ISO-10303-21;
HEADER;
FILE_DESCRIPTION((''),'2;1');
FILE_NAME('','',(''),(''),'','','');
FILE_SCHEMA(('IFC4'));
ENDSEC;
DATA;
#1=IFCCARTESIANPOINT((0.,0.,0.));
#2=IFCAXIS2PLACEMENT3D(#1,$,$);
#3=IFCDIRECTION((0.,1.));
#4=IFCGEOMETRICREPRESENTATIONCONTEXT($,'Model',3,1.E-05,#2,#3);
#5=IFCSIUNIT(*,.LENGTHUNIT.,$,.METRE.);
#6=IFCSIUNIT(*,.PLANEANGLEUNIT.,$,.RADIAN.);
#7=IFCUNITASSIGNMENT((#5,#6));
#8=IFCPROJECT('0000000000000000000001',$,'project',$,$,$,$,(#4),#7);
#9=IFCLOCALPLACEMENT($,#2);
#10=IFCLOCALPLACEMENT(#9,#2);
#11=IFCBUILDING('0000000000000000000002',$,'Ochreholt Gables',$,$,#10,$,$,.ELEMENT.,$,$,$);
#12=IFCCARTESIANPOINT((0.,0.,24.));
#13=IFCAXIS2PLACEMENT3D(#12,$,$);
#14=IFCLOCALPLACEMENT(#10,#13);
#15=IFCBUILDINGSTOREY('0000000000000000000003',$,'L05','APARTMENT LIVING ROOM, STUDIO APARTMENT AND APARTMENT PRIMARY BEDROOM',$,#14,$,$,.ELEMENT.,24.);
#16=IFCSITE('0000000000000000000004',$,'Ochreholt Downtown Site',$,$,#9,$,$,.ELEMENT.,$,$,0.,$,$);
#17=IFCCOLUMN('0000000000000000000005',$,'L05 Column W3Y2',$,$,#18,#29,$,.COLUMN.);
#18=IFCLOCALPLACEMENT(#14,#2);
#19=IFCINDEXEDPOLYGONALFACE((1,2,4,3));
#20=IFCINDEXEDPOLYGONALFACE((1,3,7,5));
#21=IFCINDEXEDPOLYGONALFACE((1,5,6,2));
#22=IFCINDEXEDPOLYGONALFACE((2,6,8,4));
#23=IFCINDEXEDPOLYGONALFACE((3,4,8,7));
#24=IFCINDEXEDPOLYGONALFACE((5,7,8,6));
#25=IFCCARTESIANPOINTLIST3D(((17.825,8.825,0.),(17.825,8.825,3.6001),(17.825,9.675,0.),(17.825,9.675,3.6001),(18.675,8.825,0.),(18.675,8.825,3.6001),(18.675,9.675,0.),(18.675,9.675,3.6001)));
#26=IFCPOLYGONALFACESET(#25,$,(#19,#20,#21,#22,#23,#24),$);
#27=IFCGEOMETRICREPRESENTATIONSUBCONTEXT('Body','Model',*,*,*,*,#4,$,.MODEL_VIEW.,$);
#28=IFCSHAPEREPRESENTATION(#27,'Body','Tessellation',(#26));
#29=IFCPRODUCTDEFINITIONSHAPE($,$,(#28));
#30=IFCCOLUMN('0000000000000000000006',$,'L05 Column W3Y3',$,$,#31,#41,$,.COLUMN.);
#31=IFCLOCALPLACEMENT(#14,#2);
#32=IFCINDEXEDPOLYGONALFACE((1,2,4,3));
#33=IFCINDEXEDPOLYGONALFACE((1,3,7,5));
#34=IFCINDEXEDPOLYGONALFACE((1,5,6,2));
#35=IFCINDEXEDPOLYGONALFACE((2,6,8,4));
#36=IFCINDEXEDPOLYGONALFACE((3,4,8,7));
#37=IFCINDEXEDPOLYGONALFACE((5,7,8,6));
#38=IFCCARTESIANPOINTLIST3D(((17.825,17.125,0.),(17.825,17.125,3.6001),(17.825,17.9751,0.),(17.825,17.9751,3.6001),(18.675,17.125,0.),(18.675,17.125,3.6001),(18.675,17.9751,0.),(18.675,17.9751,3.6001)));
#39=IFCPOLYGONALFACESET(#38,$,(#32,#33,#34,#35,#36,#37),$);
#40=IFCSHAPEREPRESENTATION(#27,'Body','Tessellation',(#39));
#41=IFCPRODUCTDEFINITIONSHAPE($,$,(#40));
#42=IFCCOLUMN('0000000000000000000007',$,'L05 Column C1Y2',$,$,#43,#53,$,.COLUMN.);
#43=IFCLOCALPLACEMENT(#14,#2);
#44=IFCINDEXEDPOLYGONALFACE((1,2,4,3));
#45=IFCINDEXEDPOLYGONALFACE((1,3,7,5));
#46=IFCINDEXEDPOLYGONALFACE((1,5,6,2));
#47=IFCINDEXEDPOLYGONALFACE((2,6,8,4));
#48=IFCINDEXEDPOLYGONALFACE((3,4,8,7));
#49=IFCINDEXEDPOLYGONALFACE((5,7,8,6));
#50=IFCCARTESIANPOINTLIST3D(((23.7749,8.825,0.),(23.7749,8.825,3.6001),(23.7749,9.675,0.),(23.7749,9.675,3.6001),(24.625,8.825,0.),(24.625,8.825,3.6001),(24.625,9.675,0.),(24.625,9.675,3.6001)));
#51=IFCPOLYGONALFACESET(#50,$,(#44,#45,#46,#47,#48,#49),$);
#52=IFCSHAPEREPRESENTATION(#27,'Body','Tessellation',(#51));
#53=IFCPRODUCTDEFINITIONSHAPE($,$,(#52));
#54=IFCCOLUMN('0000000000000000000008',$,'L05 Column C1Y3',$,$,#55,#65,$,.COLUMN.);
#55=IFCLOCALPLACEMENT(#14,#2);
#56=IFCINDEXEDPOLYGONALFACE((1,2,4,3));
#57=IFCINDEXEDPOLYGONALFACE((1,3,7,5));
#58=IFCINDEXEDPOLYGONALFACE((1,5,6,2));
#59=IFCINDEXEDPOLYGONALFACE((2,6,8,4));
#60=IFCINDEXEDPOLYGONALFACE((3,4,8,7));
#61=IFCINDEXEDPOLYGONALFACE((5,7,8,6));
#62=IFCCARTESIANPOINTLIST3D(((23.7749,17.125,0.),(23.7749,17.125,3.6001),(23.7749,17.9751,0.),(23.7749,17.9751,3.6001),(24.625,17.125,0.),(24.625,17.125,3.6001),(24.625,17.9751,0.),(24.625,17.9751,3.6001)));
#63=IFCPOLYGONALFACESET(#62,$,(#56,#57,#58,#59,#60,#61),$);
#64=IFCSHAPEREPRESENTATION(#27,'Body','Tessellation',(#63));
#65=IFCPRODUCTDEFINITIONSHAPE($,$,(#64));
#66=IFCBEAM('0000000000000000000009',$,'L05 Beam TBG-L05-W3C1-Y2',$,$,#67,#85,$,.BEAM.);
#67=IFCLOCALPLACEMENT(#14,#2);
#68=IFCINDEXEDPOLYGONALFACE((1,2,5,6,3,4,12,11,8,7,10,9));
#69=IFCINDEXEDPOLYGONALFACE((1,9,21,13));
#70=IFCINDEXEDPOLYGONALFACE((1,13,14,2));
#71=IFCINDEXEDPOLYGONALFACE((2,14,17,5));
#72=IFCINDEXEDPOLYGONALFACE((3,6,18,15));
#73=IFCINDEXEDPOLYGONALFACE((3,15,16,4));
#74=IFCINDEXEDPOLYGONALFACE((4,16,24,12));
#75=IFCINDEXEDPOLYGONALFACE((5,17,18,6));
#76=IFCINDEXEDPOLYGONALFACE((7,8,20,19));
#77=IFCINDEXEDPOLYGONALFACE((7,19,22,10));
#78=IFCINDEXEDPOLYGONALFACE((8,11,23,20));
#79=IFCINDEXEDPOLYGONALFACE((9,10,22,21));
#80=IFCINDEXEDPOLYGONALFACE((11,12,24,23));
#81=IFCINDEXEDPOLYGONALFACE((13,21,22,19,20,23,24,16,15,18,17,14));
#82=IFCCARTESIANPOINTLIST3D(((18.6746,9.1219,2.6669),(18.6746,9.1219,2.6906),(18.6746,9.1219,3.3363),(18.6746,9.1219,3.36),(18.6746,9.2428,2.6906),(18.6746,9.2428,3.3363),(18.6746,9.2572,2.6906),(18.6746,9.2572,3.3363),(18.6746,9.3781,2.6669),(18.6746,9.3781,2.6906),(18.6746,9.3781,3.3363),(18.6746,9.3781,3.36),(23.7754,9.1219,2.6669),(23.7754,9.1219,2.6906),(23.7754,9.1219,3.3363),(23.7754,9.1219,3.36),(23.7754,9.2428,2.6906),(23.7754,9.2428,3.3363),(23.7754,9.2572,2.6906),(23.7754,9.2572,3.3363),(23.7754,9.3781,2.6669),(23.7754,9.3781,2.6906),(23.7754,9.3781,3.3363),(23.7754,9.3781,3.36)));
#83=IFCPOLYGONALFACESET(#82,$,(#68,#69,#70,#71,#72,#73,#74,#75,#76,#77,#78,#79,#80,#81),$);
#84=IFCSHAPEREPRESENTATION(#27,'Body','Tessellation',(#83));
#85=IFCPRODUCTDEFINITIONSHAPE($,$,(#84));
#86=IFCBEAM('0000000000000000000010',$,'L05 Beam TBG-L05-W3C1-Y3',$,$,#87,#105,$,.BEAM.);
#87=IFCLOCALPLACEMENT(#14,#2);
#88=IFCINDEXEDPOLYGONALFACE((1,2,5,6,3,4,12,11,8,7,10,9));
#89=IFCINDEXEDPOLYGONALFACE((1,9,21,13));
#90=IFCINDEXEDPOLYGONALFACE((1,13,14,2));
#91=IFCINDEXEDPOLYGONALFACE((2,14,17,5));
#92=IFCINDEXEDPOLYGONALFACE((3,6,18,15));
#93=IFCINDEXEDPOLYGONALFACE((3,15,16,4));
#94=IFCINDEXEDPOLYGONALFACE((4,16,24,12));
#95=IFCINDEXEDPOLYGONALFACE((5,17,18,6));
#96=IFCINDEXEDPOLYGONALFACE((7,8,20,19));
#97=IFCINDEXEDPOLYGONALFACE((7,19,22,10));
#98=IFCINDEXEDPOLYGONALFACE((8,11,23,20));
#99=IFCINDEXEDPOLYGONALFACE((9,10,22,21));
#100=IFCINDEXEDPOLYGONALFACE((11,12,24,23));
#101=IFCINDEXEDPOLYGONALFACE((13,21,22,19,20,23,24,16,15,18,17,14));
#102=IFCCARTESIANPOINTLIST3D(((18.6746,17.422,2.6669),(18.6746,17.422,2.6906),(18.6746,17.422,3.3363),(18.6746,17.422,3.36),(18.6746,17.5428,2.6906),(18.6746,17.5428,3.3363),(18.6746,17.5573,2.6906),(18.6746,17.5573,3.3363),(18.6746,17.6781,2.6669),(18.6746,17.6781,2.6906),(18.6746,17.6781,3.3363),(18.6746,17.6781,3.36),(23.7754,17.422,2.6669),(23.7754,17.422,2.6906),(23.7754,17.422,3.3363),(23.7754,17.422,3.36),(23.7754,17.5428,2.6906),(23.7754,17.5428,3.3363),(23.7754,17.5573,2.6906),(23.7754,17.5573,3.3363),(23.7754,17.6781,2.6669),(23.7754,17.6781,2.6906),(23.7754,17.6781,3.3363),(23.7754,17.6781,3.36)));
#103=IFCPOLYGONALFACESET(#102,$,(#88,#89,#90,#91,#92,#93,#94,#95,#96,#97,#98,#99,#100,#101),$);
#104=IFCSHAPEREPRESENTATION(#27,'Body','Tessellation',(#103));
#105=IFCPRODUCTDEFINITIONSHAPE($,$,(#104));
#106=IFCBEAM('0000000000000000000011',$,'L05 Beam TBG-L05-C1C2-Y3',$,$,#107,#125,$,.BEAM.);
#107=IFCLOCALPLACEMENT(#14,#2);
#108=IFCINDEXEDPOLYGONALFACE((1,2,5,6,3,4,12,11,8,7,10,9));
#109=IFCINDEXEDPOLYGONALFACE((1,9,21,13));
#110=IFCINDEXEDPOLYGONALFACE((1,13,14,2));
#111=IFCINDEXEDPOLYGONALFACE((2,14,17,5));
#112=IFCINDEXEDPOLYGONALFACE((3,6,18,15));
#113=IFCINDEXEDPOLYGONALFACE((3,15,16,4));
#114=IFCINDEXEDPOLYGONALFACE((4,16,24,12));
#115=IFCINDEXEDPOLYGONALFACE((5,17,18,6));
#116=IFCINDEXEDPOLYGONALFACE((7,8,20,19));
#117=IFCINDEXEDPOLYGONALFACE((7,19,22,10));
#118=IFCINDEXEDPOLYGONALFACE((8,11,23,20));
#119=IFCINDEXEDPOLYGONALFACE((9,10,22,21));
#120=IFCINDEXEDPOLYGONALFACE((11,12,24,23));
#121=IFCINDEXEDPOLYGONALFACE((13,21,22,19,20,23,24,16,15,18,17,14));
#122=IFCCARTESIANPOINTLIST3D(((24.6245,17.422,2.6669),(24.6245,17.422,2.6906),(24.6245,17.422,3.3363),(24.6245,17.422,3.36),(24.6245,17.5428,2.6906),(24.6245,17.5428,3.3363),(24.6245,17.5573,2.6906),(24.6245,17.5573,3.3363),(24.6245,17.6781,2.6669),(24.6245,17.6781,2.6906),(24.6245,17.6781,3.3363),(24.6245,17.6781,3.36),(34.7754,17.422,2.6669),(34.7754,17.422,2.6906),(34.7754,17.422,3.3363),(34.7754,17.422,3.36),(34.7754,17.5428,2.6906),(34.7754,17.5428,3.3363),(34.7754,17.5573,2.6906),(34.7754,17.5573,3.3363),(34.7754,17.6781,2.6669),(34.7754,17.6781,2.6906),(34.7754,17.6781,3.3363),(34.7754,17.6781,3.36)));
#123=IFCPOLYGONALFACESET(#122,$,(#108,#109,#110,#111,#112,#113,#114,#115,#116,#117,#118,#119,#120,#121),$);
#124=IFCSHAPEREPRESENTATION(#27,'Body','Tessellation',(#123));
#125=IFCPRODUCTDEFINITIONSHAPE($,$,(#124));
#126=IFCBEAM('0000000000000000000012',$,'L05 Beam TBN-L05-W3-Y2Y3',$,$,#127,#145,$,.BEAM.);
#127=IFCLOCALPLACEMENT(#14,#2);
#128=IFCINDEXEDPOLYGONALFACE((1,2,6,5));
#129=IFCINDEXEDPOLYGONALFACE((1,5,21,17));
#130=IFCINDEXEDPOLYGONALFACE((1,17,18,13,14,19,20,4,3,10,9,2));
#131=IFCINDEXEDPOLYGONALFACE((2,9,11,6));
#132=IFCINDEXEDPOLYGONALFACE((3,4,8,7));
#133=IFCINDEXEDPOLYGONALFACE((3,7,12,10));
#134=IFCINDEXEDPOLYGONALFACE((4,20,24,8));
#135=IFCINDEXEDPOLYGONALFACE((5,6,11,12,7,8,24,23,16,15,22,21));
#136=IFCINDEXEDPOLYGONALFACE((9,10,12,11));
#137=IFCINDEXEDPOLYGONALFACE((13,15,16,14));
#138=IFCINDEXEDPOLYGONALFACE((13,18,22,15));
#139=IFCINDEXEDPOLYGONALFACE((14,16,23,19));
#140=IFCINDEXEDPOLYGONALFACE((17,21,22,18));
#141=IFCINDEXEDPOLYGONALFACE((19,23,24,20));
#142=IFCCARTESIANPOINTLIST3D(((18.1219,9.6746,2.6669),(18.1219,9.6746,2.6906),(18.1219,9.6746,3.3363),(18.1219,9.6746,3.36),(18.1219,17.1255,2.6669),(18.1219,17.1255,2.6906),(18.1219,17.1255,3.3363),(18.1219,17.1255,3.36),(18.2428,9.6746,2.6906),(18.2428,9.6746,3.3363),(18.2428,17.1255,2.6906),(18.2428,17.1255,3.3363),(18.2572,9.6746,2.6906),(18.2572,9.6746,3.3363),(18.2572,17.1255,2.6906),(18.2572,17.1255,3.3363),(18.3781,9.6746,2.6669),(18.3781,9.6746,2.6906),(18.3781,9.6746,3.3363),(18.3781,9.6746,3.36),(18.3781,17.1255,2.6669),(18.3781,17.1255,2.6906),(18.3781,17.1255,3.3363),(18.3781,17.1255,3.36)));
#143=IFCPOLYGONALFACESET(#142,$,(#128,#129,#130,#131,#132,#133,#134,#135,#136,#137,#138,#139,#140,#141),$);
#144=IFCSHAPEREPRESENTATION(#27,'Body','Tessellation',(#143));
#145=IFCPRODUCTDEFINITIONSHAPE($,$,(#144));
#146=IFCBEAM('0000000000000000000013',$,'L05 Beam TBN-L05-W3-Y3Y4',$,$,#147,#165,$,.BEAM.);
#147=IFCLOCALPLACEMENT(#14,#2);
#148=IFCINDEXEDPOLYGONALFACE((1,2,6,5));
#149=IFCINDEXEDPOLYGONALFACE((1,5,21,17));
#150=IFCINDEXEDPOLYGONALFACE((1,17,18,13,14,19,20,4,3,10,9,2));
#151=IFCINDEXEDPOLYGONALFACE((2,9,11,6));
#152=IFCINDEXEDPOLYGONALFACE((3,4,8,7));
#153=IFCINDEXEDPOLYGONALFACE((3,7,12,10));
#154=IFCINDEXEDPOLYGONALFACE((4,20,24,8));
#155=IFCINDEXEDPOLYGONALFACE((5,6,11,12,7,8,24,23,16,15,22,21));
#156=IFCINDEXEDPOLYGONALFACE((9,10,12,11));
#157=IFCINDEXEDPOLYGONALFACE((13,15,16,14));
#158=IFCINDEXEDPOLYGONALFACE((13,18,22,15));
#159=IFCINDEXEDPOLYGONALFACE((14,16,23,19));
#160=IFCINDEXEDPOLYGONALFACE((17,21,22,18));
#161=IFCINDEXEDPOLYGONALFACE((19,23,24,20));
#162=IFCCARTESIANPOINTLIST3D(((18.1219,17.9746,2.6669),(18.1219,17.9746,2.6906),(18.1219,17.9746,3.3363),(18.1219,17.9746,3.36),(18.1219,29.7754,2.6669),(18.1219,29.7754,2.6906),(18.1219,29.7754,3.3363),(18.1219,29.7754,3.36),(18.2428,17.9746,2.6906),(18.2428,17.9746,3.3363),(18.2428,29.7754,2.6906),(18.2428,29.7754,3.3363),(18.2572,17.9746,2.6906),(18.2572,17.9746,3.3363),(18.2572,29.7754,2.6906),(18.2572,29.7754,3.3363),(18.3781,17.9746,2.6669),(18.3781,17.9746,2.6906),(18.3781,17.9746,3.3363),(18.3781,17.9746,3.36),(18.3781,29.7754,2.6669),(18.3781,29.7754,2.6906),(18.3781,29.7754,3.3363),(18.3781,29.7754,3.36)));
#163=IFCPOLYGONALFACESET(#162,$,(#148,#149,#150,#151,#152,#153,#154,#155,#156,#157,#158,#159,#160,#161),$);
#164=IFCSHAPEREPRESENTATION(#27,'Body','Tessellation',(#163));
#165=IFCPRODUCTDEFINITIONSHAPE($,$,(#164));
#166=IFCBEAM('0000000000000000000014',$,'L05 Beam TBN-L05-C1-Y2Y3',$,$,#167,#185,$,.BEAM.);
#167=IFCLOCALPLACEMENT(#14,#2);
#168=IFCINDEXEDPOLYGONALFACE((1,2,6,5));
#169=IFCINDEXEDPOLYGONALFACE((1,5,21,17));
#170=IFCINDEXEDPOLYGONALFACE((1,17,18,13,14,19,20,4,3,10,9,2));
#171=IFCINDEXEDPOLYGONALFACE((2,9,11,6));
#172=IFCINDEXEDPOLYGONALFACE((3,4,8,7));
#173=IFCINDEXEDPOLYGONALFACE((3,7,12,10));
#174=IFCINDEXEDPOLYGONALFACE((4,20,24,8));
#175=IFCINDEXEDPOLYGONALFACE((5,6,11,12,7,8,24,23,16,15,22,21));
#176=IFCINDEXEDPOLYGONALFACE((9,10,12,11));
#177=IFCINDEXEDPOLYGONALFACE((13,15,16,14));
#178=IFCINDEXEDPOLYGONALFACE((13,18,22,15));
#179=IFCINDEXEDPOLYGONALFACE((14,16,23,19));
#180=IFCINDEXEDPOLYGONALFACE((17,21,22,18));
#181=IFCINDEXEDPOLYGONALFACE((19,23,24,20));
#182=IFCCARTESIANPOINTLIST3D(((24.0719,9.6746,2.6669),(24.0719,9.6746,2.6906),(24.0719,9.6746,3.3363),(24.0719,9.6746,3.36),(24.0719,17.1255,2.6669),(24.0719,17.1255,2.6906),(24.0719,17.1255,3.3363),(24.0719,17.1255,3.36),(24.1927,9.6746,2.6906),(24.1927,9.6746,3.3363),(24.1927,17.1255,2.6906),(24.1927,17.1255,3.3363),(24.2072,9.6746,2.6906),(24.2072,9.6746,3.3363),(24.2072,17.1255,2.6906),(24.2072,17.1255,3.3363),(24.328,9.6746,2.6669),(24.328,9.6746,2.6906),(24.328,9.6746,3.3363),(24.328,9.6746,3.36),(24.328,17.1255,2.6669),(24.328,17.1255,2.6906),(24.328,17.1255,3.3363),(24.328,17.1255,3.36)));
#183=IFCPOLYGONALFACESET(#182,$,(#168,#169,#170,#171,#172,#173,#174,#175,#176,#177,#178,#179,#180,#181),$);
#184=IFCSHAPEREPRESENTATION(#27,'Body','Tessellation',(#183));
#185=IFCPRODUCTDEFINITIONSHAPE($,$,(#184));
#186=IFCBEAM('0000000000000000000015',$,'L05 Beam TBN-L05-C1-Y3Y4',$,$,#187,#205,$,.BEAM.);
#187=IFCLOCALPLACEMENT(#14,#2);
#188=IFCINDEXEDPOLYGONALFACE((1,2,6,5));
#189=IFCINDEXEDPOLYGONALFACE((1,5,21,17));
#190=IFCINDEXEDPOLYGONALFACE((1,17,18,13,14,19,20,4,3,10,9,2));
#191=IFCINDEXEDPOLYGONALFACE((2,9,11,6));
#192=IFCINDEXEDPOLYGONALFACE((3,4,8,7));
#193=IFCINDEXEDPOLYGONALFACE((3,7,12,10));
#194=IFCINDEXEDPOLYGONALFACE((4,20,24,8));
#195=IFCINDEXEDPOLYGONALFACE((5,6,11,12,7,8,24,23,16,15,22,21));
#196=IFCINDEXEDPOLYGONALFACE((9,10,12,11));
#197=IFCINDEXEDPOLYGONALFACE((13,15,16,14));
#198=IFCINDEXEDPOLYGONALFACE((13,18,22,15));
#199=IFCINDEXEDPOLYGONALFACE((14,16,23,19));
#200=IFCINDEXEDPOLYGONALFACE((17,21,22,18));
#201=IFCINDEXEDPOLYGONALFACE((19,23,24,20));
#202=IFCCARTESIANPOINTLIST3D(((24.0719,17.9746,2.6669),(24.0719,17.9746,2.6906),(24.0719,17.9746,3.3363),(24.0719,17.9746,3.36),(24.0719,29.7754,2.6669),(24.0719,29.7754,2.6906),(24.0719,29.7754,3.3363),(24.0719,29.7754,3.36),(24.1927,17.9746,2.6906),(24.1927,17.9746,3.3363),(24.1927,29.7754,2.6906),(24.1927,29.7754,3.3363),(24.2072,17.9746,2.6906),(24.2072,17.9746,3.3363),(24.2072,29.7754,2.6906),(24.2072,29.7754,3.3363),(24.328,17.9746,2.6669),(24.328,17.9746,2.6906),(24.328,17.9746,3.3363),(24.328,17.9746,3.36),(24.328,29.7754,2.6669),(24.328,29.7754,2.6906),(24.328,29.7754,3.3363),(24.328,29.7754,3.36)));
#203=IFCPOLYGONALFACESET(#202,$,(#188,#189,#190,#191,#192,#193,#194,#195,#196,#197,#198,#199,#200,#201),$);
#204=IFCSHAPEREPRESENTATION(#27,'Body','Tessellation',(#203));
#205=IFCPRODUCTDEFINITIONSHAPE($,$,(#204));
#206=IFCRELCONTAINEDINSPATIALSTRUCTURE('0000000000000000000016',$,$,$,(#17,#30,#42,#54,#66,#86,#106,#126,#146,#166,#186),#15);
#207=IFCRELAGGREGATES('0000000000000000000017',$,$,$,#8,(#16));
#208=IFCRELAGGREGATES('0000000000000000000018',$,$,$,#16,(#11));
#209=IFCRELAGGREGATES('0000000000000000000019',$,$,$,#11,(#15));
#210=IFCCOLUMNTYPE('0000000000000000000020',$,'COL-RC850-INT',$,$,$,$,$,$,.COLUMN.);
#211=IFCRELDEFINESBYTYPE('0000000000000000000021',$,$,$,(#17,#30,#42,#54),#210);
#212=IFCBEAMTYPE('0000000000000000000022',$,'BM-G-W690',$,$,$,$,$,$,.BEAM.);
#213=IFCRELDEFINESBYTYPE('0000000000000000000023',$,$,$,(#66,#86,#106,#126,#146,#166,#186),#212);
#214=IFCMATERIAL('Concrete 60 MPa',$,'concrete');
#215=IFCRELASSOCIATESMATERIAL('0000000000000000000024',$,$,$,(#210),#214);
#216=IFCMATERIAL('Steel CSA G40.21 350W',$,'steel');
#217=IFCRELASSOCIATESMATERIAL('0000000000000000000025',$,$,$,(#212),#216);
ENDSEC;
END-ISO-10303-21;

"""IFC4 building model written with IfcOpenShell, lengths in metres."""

from ifc_helpers import new_model, si_unit, direction, frame, origin, origin_2d, place, context, subcontext, project, spatial, rectangle, i_section, extrude, material, material_profile, profile_set, type_object, element, save


model = new_model("IFC4")

# Units and contexts
model_context = context("Model", 3, precision=1e-05, world=origin(), true_north=direction((0.0, 1.0)))
body_context = subcontext(model_context, "Body", "Model", "MODEL_VIEW")
ifc_project = project(units=[si_unit("LENGTHUNIT", "METRE"), si_unit("PLANEANGLEUNIT", "RADIAN")], contexts=[model_context])

# Site, building, storey
site_placement = place(None, origin())
site = spatial("IfcSite", under=ifc_project, at=site_placement, Name="Ochreholt Downtown Site", CompositionType="ELEMENT", RefElevation=0.0)
building_placement = place(site_placement, origin())
building = spatial("IfcBuilding", under=site, at=building_placement, Name="Ochreholt Gables", CompositionType="ELEMENT")
storey_placement = place(building_placement, frame((0.0, 0.0, 24.0)))
storey = spatial("IfcBuildingStorey", under=building, at=storey_placement, Name="L05", Description="APARTMENT LIVING ROOM, STUDIO APARTMENT AND APARTMENT PRIMARY BEDROOM", CompositionType="ELEMENT", Elevation=24.0)

# Columns
ifc_material_1 = material(Name="Concrete 60 MPa", Category="concrete")
ifc_material_profile_1 = material_profile(ifc_material_1, rectangle(XDim=0.8501, YDim=0.8501, at=origin_2d()), Name="RC850X850")
ifc_profile_set_1 = profile_set([ifc_material_profile_1], Name="Concrete 60 MPa")
column_type = type_object("IfcColumnType", Name="COL-RC850-INT", PredefinedType="COLUMN", material=ifc_profile_set_1)
for number, where, z_axis, x_axis, name in (
    (1, (18.25, 9.25, 0.0), (0.0, 0.0, 1.0), (1.0, 0.0, 0.0), "L05 Column W3Y2"),
    (2, (18.25, 17.55, 0.0), (0.0, 0.0, 1.0), (1.0, 0.0, 0.0), "L05 Column W3Y3"),
    (3, (24.2, 9.25, 0.0), (0.0, 0.0, 1.0), (1.0, 0.0, 0.0), "L05 Column C1Y2"),
    (4, (24.2, 17.55, 0.0), (0.0, 0.0, 1.0), (1.0, 0.0, 0.0), "L05 Column C1Y3"),
):
    element("IfcColumn", number, at=place(storey_placement, frame(where, z_axis=z_axis, x_axis=x_axis)), inside=storey, type_object=column_type, Name=name, PredefinedType="COLUMN", context=body_context, shape_type="SweptSolid", body=[
        extrude(rectangle(XDim=0.8501, YDim=0.8501, at=origin_2d()), origin(), (0.0, 0.0, 1.0), 3.6001),
    ])

# Beams
ifc_material_2 = material(Name="Steel CSA G40.21 350W", Category="steel")
ifc_material_profile_2 = material_profile(ifc_material_2, i_section(OverallWidth=0.2561, OverallDepth=0.6931, WebThickness=0.0144, FlangeThickness=0.0237, at=origin_2d()), Name="W690X170")
ifc_profile_set_2 = profile_set([ifc_material_profile_2], Name="Steel CSA G40.21 350W")
beam_type_1 = type_object("IfcBeamType", Name="BM-G-W690", PredefinedType="BEAM", material=ifc_profile_set_2)
for number, where, z_axis, x_axis, name in (
    (5, (18.6746, 9.25, 3.0134), (1.0, 0.0, 0.0), (0.0, 1.0, 0.0), "L05 Beam TBG-L05-W3C1-Y2"),
    (6, (18.6746, 17.55, 3.0134), (1.0, 0.0, 0.0), (0.0, 1.0, 0.0), "L05 Beam TBG-L05-W3C1-Y3"),
):
    element("IfcBeam", number, at=place(storey_placement, frame(where, z_axis=z_axis, x_axis=x_axis)), inside=storey, type_object=beam_type_1, Name=name, PredefinedType="BEAM", context=body_context, shape_type="SweptSolid", body=[
        extrude(i_section(OverallWidth=0.2561, OverallDepth=0.6931, WebThickness=0.0144, FlangeThickness=0.0237, at=origin_2d()), origin(), (0.0, 0.0, 1.0), 5.1008),
    ])
beam_1_placement = place(storey_placement, frame((24.6245, 17.55, 3.0134), z_axis=(1.0, 0.0, 0.0), x_axis=(0.0, 1.0, 0.0)))
element("IfcBeam", 7, at=beam_1_placement, inside=storey, type_object=beam_type_1, Name="L05 Beam TBG-L05-C1C2-Y3", PredefinedType="BEAM", context=body_context, shape_type="SweptSolid", body=[
    extrude(i_section(OverallWidth=0.2561, OverallDepth=0.6931, WebThickness=0.0144, FlangeThickness=0.0237, at=origin_2d()), origin(), (0.0, 0.0, 1.0), 10.1509),
])
beam_2_placement = place(storey_placement, frame((18.25, 9.6746, 3.0134), z_axis=(0.0, 1.0, 0.0), x_axis=(-1.0, 0.0, 0.0)))
element("IfcBeam", 8, at=beam_2_placement, inside=storey, type_object=beam_type_1, Name="L05 Beam TBN-L05-W3-Y2Y3", PredefinedType="BEAM", context=body_context, shape_type="SweptSolid", body=[
    extrude(i_section(OverallWidth=0.2561, OverallDepth=0.6931, WebThickness=0.0144, FlangeThickness=0.0237, at=origin_2d()), origin(), (0.0, 0.0, 1.0), 7.4509),
])
beam_3_placement = place(storey_placement, frame((18.25, 17.9746, 3.0134), z_axis=(0.0, 1.0, 0.0), x_axis=(-1.0, 0.0, 0.0)))
element("IfcBeam", 9, at=beam_3_placement, inside=storey, type_object=beam_type_1, Name="L05 Beam TBN-L05-W3-Y3Y4", PredefinedType="BEAM", context=body_context, shape_type="SweptSolid", body=[
    extrude(i_section(OverallWidth=0.2561, OverallDepth=0.6931, WebThickness=0.0144, FlangeThickness=0.0237, at=origin_2d()), origin(), (0.0, 0.0, 1.0), 11.8008),
])
beam_4_placement = place(storey_placement, frame((24.2, 9.6746, 3.0134), z_axis=(0.0, 1.0, 0.0), x_axis=(-1.0, 0.0, 0.0)))
element("IfcBeam", 10, at=beam_4_placement, inside=storey, type_object=beam_type_1, Name="L05 Beam TBN-L05-C1-Y2Y3", PredefinedType="BEAM", context=body_context, shape_type="SweptSolid", body=[
    extrude(i_section(OverallWidth=0.2561, OverallDepth=0.6931, WebThickness=0.0144, FlangeThickness=0.0237, at=origin_2d()), origin(), (0.0, 0.0, 1.0), 7.4509),
])
beam_5_placement = place(storey_placement, frame((24.2, 17.9746, 3.0134), z_axis=(0.0, 1.0, 0.0), x_axis=(-1.0, 0.0, 0.0)))
element("IfcBeam", 11, at=beam_5_placement, inside=storey, type_object=beam_type_1, Name="L05 Beam TBN-L05-C1-Y3Y4", PredefinedType="BEAM", context=body_context, shape_type="SweptSolid", body=[
    extrude(i_section(OverallWidth=0.2561, OverallDepth=0.6931, WebThickness=0.0144, FlangeThickness=0.0237, at=origin_2d()), origin(), (0.0, 0.0, 1.0), 11.8008),
])

save(model, "model.ifc")
